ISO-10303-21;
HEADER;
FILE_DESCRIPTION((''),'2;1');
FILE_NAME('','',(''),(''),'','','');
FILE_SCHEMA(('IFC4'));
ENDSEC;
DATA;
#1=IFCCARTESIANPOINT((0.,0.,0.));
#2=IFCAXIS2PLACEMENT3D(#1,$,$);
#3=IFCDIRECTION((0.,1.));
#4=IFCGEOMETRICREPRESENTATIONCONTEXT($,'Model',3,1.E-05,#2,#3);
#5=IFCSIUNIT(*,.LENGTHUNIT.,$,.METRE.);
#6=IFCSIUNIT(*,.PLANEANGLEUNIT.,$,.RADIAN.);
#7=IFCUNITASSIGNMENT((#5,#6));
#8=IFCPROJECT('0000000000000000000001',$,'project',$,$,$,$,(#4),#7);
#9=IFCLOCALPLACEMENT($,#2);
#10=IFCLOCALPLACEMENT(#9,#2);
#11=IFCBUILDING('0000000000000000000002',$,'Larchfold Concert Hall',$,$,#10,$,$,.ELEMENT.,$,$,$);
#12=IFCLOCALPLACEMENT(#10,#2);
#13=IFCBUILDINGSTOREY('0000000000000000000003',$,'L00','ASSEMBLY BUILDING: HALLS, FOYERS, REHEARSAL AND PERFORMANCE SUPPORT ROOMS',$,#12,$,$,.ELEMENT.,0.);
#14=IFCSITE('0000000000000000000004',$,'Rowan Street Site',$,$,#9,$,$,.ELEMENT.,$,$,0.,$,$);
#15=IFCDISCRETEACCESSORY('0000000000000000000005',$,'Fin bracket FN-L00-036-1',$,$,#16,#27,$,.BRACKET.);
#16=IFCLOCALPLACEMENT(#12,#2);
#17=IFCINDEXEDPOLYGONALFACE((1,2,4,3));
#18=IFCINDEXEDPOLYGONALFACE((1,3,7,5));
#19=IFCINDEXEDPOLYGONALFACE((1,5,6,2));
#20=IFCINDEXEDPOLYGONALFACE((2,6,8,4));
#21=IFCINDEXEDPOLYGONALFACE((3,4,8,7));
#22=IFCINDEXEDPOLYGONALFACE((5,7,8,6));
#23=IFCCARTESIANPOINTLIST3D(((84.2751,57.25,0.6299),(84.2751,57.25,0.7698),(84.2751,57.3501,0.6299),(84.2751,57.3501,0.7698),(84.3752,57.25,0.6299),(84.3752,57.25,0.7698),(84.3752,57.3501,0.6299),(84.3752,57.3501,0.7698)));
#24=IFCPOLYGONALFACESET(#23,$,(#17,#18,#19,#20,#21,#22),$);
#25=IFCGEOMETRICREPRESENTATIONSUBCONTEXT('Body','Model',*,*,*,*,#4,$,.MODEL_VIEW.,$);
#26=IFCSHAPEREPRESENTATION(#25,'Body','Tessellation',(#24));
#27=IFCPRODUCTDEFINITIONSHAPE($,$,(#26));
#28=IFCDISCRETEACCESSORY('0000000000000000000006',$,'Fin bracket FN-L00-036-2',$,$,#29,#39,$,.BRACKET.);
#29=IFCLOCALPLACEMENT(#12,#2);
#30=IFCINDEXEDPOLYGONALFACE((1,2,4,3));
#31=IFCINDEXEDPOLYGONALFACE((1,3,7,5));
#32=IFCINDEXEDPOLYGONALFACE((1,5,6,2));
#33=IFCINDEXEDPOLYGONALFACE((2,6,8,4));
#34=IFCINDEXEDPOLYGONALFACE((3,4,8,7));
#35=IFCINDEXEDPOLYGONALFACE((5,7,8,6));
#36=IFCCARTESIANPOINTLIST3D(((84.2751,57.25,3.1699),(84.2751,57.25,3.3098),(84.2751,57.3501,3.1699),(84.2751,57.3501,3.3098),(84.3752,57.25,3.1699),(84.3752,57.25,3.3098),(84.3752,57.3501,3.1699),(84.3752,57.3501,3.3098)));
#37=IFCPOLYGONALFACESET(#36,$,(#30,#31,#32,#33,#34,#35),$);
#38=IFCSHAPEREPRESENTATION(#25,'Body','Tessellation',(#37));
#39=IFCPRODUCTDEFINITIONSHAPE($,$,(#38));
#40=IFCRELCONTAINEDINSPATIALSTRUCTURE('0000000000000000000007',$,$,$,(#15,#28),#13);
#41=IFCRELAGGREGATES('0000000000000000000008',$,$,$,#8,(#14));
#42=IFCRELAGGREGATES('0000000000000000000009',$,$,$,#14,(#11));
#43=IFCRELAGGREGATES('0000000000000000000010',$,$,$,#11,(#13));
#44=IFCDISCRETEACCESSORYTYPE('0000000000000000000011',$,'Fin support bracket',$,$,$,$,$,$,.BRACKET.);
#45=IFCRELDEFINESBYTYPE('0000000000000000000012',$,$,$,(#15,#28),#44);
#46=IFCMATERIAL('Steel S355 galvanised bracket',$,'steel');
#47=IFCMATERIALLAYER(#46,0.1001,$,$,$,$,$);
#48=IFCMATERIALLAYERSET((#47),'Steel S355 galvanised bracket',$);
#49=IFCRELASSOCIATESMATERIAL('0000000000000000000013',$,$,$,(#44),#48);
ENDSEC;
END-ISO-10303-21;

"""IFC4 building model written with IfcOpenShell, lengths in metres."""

from ifc_helpers import new_model, si_unit, direction, frame, origin, origin_2d, place, context, subcontext, project, spatial, rectangle, extrude, material, layer, layer_set, type_object, element, save


model = new_model("IFC4")

# Units and contexts
model_context = context("Model", 3, precision=1e-05, world=origin(), true_north=direction((0.0, 1.0)))
body_context = subcontext(model_context, "Body", "Model", "MODEL_VIEW")
ifc_project = project(units=[si_unit("LENGTHUNIT", "METRE"), si_unit("PLANEANGLEUNIT", "RADIAN")], contexts=[model_context])

# Site, building, storey
site_placement = place(None, origin())
site = spatial("IfcSite", under=ifc_project, at=site_placement, Name="Rowan Street Site", CompositionType="ELEMENT", RefElevation=0.0)
building_placement = place(site_placement, origin())
building = spatial("IfcBuilding", under=site, at=building_placement, Name="Larchfold Concert Hall", CompositionType="ELEMENT")
storey_placement = place(building_placement, origin())
storey = spatial("IfcBuildingStorey", under=building, at=storey_placement, Name="L00", Description="ASSEMBLY BUILDING: HALLS, FOYERS, REHEARSAL AND PERFORMANCE SUPPORT ROOMS", CompositionType="ELEMENT", Elevation=0.0)

# Discrete accessories
ifc_material_1 = material(Name="Steel S355 galvanised bracket", Category="steel")
ifc_layer_1 = layer(ifc_material_1, 0.1001)
ifc_layer_set_1 = layer_set([ifc_layer_1], Name="Steel S355 galvanised bracket")
discrete_accessory_type = type_object("IfcDiscreteAccessoryType", Name="Fin support bracket", PredefinedType="BRACKET", material=ifc_layer_set_1)
for number, where, z_axis, x_axis, name in (
    (1, (84.3252, 57.3, 0.6299), (0.0, 0.0, 1.0), (-1.0, 0.0, 0.0), "Fin bracket FN-L00-036-1"),
    (2, (84.3252, 57.3, 3.1699), (0.0, 0.0, 1.0), (-1.0, 0.0, 0.0), "Fin bracket FN-L00-036-2"),
):
    element("IfcDiscreteAccessory", number, at=place(storey_placement, frame(where, z_axis=z_axis, x_axis=x_axis)), inside=storey, type_object=discrete_accessory_type, Name=name, PredefinedType="BRACKET", context=body_context, shape_type="SweptSolid", body=[
        extrude(rectangle(XDim=0.1001, YDim=0.1001, at=origin_2d()), origin(), (0.0, 0.0, 1.0), 0.1399),
    ])

save(model, "model.ifc")
